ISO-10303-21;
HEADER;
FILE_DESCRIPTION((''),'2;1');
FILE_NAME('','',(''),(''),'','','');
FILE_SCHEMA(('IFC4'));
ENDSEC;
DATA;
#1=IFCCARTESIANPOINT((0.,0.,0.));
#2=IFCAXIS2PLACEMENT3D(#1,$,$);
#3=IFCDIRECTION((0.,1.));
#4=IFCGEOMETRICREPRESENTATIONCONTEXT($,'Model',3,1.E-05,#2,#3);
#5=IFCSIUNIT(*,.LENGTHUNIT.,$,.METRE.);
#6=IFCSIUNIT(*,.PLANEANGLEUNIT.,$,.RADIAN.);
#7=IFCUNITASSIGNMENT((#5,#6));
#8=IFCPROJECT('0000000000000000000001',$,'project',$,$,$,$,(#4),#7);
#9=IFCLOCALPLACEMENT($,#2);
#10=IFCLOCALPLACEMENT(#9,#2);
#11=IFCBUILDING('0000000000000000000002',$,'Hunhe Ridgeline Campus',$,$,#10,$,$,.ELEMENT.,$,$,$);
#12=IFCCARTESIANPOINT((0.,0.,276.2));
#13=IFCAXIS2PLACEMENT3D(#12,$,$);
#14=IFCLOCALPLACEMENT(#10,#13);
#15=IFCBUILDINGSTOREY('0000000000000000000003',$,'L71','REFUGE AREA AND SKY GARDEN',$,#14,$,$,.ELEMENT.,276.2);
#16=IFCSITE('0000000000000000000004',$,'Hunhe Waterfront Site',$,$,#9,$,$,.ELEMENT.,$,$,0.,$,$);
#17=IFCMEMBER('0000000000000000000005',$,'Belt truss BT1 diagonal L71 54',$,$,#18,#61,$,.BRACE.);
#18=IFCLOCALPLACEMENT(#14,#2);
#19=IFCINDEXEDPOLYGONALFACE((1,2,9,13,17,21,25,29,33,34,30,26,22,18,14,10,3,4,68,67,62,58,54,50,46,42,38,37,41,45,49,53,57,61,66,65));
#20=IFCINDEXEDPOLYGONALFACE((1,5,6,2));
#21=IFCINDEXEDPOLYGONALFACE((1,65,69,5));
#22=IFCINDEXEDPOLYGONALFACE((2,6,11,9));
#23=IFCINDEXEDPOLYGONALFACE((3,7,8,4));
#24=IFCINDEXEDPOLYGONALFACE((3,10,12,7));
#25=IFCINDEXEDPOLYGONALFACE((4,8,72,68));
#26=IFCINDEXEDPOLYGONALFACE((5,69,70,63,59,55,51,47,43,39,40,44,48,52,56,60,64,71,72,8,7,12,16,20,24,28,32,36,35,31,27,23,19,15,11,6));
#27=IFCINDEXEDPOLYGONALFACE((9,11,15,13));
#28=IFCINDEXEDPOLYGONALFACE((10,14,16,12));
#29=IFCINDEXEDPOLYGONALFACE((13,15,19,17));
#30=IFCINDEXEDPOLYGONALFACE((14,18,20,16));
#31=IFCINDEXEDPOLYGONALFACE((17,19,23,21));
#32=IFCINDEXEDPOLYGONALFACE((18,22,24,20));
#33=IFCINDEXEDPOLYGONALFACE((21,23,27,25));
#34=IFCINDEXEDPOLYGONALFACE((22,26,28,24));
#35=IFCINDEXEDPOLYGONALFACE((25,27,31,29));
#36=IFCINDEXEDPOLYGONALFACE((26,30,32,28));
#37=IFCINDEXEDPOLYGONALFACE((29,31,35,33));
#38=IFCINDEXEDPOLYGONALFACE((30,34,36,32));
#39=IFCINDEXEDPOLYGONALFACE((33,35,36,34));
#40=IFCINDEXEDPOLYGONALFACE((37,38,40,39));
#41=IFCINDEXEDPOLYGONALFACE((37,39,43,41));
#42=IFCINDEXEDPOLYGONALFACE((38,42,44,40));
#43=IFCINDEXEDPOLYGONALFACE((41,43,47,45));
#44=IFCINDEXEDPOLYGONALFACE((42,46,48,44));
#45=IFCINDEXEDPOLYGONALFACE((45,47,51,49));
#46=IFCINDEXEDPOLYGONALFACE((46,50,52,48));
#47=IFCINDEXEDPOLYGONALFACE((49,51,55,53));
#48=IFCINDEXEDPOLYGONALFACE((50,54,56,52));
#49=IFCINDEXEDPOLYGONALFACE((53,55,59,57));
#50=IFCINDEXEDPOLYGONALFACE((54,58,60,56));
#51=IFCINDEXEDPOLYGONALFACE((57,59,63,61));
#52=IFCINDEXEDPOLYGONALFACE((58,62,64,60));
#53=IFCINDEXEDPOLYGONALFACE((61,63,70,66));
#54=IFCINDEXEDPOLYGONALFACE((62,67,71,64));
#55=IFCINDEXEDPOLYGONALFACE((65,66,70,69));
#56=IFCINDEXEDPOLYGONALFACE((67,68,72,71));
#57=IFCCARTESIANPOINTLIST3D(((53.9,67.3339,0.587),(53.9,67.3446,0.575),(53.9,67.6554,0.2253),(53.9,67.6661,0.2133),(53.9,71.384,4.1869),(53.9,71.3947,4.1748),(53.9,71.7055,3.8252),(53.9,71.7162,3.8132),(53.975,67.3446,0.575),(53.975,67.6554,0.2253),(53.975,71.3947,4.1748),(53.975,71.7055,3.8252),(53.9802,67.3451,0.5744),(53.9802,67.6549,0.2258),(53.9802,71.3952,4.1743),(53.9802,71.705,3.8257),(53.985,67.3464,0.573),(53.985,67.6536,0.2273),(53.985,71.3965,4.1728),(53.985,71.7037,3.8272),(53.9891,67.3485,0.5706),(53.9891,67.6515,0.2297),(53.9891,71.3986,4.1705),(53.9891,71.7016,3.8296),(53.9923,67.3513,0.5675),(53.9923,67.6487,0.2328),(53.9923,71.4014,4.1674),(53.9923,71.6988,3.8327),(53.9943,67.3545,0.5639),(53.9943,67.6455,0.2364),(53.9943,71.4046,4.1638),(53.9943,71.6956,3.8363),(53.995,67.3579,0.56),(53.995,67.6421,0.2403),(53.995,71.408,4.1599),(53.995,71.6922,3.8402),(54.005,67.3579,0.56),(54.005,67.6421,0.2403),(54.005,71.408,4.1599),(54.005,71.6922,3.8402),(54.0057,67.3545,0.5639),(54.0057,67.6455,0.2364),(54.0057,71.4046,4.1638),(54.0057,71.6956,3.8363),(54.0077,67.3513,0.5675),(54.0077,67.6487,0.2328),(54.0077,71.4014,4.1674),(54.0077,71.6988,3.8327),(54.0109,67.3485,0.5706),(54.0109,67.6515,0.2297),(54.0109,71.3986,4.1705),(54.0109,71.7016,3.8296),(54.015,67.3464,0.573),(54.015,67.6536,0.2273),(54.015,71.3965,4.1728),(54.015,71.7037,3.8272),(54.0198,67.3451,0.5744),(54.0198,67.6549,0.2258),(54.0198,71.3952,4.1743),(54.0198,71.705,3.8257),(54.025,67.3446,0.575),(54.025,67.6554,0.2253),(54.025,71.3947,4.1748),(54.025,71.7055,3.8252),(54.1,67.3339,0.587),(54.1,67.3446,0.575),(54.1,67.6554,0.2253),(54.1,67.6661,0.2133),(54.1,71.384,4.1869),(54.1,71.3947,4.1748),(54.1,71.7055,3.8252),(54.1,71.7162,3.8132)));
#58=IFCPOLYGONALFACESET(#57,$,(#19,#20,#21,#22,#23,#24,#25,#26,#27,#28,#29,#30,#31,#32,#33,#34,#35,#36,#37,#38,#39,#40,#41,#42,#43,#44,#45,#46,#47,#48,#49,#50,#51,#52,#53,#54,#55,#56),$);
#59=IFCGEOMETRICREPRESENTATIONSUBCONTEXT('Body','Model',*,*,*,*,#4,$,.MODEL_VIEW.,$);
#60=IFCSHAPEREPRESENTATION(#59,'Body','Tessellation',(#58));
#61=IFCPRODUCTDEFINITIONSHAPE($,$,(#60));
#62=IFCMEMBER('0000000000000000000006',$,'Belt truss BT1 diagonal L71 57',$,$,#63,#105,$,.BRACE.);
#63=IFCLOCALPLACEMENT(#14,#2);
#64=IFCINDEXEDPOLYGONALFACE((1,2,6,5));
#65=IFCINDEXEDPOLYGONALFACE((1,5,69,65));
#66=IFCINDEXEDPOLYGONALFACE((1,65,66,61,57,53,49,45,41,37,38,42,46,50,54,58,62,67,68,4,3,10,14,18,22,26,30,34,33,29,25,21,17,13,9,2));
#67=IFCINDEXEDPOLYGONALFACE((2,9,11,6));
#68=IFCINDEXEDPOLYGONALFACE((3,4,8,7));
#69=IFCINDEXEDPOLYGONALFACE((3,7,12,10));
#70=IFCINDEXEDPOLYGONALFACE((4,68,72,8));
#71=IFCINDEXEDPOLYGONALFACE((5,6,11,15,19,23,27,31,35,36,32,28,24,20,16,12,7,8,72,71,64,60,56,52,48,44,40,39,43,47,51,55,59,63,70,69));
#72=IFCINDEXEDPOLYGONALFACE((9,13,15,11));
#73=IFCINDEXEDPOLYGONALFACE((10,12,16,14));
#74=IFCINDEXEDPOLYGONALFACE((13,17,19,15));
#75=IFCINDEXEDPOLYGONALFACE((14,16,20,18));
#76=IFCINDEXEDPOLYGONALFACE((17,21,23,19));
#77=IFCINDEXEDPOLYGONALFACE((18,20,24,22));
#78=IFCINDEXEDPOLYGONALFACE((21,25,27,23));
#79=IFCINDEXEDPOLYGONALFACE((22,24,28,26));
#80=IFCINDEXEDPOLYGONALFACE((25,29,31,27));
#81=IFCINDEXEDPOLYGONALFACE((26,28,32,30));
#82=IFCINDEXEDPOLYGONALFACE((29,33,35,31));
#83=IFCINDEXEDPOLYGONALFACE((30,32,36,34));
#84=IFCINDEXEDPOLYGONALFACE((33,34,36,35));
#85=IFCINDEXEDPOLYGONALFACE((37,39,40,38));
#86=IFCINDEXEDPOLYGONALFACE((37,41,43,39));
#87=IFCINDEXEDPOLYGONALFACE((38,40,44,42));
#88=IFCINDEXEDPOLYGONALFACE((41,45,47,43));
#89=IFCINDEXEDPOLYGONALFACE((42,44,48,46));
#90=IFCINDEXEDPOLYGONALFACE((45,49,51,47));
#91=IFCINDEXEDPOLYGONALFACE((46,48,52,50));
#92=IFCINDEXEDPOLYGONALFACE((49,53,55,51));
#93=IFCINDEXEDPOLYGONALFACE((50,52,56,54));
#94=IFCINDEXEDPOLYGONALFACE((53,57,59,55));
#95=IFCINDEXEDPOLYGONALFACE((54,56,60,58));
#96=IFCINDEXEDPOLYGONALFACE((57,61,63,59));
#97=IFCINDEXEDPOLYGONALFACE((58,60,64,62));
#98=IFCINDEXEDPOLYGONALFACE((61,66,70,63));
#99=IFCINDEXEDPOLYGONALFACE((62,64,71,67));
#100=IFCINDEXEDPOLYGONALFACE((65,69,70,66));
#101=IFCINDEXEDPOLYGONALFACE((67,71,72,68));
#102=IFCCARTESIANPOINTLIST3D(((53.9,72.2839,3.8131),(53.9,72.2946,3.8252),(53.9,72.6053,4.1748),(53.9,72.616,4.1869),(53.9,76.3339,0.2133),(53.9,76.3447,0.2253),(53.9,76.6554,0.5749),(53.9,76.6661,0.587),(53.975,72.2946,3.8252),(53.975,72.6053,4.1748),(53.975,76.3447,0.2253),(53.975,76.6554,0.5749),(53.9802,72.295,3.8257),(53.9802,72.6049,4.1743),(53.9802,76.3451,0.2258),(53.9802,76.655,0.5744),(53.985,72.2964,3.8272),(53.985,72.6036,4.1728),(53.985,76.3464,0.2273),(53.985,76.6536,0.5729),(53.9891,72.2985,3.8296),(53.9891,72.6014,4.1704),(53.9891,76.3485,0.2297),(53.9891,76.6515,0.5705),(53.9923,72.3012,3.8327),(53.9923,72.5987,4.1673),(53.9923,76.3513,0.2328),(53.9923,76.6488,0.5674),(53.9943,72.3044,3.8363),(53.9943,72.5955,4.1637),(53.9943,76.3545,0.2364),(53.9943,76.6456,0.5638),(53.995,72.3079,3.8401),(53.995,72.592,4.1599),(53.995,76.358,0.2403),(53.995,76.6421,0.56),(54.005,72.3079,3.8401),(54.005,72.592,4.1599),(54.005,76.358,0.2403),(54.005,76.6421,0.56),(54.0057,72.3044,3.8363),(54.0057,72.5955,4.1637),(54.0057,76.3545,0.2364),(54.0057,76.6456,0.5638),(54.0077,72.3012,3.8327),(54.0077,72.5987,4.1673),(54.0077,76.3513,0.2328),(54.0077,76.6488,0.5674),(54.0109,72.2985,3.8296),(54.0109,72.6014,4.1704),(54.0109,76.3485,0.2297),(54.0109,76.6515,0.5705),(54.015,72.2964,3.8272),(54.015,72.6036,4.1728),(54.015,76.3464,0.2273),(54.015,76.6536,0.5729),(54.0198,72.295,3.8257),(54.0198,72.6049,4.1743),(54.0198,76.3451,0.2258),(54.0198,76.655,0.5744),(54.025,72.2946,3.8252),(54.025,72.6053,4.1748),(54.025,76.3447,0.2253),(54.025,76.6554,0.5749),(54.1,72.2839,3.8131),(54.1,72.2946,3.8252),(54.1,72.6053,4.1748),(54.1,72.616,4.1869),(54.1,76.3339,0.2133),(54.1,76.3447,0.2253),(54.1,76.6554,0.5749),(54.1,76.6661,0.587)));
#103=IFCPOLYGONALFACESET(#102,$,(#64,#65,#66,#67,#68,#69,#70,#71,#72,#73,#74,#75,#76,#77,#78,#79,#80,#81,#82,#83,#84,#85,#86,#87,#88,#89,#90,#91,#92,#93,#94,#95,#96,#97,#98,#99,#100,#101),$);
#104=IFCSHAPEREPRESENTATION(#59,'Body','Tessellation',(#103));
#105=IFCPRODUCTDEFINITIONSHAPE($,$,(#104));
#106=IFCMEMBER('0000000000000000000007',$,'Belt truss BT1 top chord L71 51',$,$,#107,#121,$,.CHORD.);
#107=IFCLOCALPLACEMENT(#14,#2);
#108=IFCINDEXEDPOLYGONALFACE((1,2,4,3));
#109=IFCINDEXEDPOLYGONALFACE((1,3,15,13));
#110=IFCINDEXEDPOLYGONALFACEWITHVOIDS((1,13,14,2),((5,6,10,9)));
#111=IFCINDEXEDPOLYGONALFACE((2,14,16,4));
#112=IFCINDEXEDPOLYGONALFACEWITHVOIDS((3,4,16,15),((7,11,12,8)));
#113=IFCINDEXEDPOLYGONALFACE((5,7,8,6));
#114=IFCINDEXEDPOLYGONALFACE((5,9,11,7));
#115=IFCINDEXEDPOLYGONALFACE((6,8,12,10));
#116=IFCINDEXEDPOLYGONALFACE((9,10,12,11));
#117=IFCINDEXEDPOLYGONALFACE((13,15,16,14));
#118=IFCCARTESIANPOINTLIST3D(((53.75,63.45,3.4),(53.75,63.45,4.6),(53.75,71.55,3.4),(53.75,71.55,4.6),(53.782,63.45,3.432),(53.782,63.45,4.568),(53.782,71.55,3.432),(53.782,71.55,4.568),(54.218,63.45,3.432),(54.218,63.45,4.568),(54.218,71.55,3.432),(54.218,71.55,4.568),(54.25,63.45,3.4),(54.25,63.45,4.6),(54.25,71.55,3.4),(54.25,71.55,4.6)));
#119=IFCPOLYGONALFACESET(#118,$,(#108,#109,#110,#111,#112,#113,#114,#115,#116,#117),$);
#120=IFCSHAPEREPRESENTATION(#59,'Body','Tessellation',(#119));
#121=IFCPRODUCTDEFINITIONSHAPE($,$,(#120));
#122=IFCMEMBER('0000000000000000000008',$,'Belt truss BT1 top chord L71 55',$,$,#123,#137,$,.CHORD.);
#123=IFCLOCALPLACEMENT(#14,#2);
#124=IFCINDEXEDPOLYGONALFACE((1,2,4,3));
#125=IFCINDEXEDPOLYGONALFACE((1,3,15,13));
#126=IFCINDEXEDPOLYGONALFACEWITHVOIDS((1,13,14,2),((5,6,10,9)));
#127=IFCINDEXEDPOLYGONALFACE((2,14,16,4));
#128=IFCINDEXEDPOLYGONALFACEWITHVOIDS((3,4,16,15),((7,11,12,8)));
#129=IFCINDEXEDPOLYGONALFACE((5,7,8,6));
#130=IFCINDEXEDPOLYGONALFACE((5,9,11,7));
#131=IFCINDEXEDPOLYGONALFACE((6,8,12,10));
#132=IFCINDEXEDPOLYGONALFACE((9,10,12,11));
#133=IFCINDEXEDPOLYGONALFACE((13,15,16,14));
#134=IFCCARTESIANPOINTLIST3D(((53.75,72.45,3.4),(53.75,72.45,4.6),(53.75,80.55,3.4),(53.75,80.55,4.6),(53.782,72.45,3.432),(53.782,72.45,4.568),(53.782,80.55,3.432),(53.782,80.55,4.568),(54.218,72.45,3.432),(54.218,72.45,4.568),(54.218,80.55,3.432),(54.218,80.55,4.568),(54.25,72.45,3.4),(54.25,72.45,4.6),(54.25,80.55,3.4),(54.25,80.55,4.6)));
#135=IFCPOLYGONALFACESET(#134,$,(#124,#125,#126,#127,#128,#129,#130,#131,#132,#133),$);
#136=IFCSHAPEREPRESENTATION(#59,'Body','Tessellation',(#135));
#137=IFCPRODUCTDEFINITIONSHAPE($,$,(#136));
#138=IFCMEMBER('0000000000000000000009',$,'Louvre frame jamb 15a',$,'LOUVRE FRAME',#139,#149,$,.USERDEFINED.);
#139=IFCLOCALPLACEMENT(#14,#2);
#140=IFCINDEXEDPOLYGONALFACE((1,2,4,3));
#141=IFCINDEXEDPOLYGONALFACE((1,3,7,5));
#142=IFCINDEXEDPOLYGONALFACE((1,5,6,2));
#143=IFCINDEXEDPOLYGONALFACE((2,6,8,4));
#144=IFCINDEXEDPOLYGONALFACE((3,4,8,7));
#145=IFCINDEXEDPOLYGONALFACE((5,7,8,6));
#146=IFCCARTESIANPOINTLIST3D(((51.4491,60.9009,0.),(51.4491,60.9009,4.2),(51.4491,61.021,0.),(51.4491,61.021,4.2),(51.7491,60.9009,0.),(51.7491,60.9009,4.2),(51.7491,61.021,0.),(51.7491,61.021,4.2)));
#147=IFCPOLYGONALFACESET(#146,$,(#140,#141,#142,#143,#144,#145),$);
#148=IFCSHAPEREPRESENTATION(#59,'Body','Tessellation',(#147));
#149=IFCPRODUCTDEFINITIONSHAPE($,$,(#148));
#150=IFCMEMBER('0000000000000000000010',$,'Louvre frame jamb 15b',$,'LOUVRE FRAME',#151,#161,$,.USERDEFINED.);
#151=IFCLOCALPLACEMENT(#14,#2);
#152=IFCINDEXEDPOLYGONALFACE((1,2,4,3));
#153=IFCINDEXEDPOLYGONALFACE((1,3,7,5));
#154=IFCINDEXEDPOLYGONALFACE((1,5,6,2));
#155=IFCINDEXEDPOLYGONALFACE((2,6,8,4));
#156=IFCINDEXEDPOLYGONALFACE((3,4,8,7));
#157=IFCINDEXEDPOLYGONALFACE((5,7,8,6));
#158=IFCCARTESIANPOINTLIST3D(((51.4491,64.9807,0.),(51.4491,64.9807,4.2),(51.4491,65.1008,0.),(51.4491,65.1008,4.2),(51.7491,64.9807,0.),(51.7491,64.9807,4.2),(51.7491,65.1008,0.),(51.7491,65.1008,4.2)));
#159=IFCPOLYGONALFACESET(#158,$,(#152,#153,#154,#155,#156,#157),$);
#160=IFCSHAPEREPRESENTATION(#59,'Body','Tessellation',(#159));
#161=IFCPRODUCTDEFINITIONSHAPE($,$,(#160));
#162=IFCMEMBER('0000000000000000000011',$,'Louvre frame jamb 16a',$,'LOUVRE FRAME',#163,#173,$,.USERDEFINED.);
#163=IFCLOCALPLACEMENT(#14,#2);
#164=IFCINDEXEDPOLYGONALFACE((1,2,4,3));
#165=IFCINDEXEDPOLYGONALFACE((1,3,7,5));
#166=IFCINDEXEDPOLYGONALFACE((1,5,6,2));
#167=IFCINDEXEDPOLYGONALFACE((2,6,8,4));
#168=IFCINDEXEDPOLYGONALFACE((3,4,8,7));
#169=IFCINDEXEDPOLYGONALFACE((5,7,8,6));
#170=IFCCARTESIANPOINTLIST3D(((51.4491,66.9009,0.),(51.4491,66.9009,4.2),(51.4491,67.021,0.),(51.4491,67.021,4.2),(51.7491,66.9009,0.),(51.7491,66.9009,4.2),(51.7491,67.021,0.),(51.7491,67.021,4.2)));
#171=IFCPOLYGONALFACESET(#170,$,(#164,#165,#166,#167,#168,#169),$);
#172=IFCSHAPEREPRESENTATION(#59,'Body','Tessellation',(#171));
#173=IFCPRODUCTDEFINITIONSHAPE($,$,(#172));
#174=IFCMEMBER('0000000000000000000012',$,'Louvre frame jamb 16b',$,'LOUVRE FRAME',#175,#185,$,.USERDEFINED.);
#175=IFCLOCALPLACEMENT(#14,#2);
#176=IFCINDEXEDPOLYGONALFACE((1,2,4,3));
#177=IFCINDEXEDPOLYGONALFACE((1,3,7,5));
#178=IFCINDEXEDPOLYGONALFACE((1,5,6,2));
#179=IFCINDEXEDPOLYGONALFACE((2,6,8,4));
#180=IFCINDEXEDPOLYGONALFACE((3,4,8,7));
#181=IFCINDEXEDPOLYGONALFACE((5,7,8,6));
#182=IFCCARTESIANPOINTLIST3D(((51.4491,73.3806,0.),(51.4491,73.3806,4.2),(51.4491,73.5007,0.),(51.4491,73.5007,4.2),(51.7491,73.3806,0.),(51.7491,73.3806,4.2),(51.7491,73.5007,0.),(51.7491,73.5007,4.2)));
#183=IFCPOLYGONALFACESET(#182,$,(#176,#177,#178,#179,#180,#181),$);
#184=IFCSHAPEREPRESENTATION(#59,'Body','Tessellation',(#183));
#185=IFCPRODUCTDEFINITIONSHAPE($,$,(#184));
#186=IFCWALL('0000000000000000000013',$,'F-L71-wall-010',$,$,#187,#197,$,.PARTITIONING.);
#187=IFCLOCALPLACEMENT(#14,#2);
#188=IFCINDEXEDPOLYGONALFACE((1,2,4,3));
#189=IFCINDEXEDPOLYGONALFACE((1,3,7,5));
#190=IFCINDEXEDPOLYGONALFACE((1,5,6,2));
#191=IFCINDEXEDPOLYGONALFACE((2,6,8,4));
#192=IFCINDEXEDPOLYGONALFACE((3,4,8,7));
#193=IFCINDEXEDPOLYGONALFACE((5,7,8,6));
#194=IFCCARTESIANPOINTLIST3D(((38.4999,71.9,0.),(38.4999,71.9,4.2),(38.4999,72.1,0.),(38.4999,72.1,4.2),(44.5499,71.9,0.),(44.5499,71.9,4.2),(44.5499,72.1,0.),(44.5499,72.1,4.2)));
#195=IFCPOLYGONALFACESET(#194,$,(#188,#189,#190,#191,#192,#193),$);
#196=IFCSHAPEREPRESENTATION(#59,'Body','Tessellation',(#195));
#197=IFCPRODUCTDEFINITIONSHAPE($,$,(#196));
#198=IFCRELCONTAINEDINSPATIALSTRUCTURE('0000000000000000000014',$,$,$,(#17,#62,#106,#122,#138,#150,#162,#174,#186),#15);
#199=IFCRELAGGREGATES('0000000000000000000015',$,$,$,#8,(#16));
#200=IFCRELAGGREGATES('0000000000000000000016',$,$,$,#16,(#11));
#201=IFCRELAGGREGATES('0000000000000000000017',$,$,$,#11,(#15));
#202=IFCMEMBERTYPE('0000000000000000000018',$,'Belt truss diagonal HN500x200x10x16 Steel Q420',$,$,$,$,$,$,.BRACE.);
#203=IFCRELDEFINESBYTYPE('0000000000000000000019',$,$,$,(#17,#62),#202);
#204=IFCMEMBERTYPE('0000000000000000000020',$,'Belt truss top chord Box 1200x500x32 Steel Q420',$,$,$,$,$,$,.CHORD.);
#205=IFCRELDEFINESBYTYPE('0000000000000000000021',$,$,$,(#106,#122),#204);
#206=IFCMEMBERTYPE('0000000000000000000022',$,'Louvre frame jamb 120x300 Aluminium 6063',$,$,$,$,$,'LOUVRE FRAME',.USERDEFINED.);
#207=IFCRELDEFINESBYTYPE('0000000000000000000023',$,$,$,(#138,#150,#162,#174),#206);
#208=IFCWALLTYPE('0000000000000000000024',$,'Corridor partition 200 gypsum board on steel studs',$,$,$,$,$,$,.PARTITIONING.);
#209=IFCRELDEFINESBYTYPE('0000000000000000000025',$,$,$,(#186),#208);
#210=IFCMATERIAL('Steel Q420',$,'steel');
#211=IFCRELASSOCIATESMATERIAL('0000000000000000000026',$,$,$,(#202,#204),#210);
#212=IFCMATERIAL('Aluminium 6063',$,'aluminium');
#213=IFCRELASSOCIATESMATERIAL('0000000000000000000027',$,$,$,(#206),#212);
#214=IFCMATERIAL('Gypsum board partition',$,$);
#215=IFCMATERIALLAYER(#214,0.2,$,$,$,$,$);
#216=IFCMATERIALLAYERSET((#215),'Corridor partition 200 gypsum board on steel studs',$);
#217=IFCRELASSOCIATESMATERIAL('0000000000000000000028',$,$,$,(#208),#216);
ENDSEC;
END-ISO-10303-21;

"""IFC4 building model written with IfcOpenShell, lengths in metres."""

from ifc_helpers import new_model, si_unit, direction, frame, frame_2d, origin, origin_2d, place, context, subcontext, project, spatial, rectangle, hollow_rectangle, i_section, extrude, material, layer, layer_set, material_profile, profile_set, type_object, element, save


model = new_model("IFC4")

# Units and contexts
model_context = context("Model", 3, precision=1e-05, world=origin(), true_north=direction((0.0, 1.0)))
body_context = subcontext(model_context, "Body", "Model", "MODEL_VIEW")
ifc_project = project(units=[si_unit("LENGTHUNIT", "METRE"), si_unit("PLANEANGLEUNIT", "RADIAN")], contexts=[model_context])

# Site, building, storey
site_placement = place(None, origin())
site = spatial("IfcSite", under=ifc_project, at=site_placement, Name="Hunhe Waterfront Site", CompositionType="ELEMENT", RefElevation=0.0)
building_placement = place(site_placement, origin())
building = spatial("IfcBuilding", under=site, at=building_placement, Name="Hunhe Ridgeline Campus", CompositionType="ELEMENT")
storey_placement = place(building_placement, frame((0.0, 0.0, 276.2)))
storey = spatial("IfcBuildingStorey", under=building, at=storey_placement, Name="L71", Description="REFUGE AREA AND SKY GARDEN", CompositionType="ELEMENT", Elevation=276.2)

# Members
ifc_material_1 = material(Name="Steel Q420", Category="steel")
ifc_material_profile_1 = material_profile(ifc_material_1, i_section(OverallWidth=0.2, OverallDepth=0.5, WebThickness=0.01, FlangeThickness=0.0161, FilletRadius=0.02, at=origin_2d()))
ifc_profile_set_1 = profile_set([ifc_material_profile_1], Name="Steel Q420")
member_type_1 = type_object("IfcMemberType", Name="Belt truss diagonal HN500x200x10x16 Steel Q420", PredefinedType="BRACE", material=ifc_profile_set_1)
for number, where, z_axis, x_axis, name in (
    (1, (54.0, 67.5, 0.4001), (0.0, 0.747427, 0.664344), (-1.0, 0.0, 0.0), "Belt truss BT1 diagonal L71 54"),
    (2, (54.0, 72.45, 4.0), (0.0, 0.747427, -0.664344), (-1.0, 0.0, 0.0), "Belt truss BT1 diagonal L71 57"),
):
    element("IfcMember", number, at=place(storey_placement, frame(where, z_axis=z_axis, x_axis=x_axis)), inside=storey, type_object=member_type_1, Name=name, PredefinedType="BRACE", context=body_context, shape_type="SweptSolid", body=[
        extrude(i_section(OverallWidth=0.2, OverallDepth=0.5, WebThickness=0.01, FlangeThickness=0.0161, FilletRadius=0.02, at=origin_2d()), origin(), (0.0, 0.0, 1.0), 5.4187),
    ])
ifc_material_profile_2 = material_profile(ifc_material_1, hollow_rectangle(XDim=0.5, YDim=1.2, WallThickness=0.032, at=origin_2d()))
ifc_profile_set_2 = profile_set([ifc_material_profile_2], Name="Steel Q420")
member_type_2 = type_object("IfcMemberType", Name="Belt truss top chord Box 1200x500x32 Steel Q420", PredefinedType="CHORD", material=ifc_profile_set_2)
for number, where, z_axis, x_axis, name in (
    (3, (54.0, 63.45, 4.0), (0.0, 1.0, 0.0), (-1.0, 0.0, 0.0), "Belt truss BT1 top chord L71 51"),
    (4, (54.0, 72.45, 4.0), (0.0, 1.0, 0.0), (-1.0, 0.0, 0.0), "Belt truss BT1 top chord L71 55"),
):
    element("IfcMember", number, at=place(storey_placement, frame(where, z_axis=z_axis, x_axis=x_axis)), inside=storey, type_object=member_type_2, Name=name, PredefinedType="CHORD", context=body_context, shape_type="SweptSolid", body=[
        extrude(hollow_rectangle(XDim=0.5, YDim=1.2, WallThickness=0.032, at=origin_2d()), origin(), (0.0, 0.0, 1.0), 8.1001),
    ])
ifc_material_2 = material(Name="Aluminium 6063", Category="aluminium")
ifc_material_profile_3 = material_profile(ifc_material_2, rectangle(XDim=0.3, YDim=0.1201, at=origin_2d()))
ifc_profile_set_3 = profile_set([ifc_material_profile_3], Name="Aluminium 6063")
member_type_3 = type_object("IfcMemberType", Name="Louvre frame jamb 120x300 Aluminium 6063", ElementType="LOUVRE FRAME", PredefinedType="USERDEFINED", material=ifc_profile_set_3)
for number, where, z_axis, x_axis, name in (
    (5, (51.5991, 60.9609, 0.0), (0.0, 0.0, 1.0), (-1.0, 0.0, 0.0), "Louvre frame jamb 15a"),
    (6, (51.5991, 65.0408, 0.0), (0.0, 0.0, 1.0), (-1.0, 0.0, 0.0), "Louvre frame jamb 15b"),
    (7, (51.5991, 66.9609, 0.0), (0.0, 0.0, 1.0), (-1.0, 0.0, 0.0), "Louvre frame jamb 16a"),
    (8, (51.5991, 73.4407, 0.0), (0.0, 0.0, 1.0), (-1.0, 0.0, 0.0), "Louvre frame jamb 16b"),
):
    element("IfcMember", number, at=place(storey_placement, frame(where, z_axis=z_axis, x_axis=x_axis)), inside=storey, type_object=member_type_3, Name=name, ObjectType="LOUVRE FRAME", PredefinedType="USERDEFINED", context=body_context, shape_type="SweptSolid", body=[
        extrude(rectangle(XDim=0.3, YDim=0.1201, at=origin_2d()), origin(), (0.0, 0.0, 1.0), 4.2),
    ])

# Wall
ifc_material_3 = material(Name="Gypsum board partition")
ifc_layer_1 = layer(ifc_material_3, 0.2)
ifc_layer_set_1 = layer_set([ifc_layer_1], Name="Corridor partition 200 gypsum board on steel studs")
wall_type_1 = type_object("IfcWallType", Name="Corridor partition 200 gypsum board on steel studs", PredefinedType="PARTITIONING", material=ifc_layer_set_1)
wall_1_placement = place(storey_placement, frame((38.5, 72.0, 0.0), z_axis=(0.0, 0.0, 1.0), x_axis=(1.0, 0.0, 0.0)))
element("IfcWall", 9, at=wall_1_placement, inside=storey, type_object=wall_type_1, Name="F-L71-wall-010", PredefinedType="PARTITIONING", context=body_context, shape_type="SweptSolid", body=[
    extrude(rectangle(XDim=6.05, YDim=0.2, at=frame_2d((3.0249, 0.0))), origin(), (0.0, 0.0, 1.0), 4.2),
])

save(model, "model.ifc")
